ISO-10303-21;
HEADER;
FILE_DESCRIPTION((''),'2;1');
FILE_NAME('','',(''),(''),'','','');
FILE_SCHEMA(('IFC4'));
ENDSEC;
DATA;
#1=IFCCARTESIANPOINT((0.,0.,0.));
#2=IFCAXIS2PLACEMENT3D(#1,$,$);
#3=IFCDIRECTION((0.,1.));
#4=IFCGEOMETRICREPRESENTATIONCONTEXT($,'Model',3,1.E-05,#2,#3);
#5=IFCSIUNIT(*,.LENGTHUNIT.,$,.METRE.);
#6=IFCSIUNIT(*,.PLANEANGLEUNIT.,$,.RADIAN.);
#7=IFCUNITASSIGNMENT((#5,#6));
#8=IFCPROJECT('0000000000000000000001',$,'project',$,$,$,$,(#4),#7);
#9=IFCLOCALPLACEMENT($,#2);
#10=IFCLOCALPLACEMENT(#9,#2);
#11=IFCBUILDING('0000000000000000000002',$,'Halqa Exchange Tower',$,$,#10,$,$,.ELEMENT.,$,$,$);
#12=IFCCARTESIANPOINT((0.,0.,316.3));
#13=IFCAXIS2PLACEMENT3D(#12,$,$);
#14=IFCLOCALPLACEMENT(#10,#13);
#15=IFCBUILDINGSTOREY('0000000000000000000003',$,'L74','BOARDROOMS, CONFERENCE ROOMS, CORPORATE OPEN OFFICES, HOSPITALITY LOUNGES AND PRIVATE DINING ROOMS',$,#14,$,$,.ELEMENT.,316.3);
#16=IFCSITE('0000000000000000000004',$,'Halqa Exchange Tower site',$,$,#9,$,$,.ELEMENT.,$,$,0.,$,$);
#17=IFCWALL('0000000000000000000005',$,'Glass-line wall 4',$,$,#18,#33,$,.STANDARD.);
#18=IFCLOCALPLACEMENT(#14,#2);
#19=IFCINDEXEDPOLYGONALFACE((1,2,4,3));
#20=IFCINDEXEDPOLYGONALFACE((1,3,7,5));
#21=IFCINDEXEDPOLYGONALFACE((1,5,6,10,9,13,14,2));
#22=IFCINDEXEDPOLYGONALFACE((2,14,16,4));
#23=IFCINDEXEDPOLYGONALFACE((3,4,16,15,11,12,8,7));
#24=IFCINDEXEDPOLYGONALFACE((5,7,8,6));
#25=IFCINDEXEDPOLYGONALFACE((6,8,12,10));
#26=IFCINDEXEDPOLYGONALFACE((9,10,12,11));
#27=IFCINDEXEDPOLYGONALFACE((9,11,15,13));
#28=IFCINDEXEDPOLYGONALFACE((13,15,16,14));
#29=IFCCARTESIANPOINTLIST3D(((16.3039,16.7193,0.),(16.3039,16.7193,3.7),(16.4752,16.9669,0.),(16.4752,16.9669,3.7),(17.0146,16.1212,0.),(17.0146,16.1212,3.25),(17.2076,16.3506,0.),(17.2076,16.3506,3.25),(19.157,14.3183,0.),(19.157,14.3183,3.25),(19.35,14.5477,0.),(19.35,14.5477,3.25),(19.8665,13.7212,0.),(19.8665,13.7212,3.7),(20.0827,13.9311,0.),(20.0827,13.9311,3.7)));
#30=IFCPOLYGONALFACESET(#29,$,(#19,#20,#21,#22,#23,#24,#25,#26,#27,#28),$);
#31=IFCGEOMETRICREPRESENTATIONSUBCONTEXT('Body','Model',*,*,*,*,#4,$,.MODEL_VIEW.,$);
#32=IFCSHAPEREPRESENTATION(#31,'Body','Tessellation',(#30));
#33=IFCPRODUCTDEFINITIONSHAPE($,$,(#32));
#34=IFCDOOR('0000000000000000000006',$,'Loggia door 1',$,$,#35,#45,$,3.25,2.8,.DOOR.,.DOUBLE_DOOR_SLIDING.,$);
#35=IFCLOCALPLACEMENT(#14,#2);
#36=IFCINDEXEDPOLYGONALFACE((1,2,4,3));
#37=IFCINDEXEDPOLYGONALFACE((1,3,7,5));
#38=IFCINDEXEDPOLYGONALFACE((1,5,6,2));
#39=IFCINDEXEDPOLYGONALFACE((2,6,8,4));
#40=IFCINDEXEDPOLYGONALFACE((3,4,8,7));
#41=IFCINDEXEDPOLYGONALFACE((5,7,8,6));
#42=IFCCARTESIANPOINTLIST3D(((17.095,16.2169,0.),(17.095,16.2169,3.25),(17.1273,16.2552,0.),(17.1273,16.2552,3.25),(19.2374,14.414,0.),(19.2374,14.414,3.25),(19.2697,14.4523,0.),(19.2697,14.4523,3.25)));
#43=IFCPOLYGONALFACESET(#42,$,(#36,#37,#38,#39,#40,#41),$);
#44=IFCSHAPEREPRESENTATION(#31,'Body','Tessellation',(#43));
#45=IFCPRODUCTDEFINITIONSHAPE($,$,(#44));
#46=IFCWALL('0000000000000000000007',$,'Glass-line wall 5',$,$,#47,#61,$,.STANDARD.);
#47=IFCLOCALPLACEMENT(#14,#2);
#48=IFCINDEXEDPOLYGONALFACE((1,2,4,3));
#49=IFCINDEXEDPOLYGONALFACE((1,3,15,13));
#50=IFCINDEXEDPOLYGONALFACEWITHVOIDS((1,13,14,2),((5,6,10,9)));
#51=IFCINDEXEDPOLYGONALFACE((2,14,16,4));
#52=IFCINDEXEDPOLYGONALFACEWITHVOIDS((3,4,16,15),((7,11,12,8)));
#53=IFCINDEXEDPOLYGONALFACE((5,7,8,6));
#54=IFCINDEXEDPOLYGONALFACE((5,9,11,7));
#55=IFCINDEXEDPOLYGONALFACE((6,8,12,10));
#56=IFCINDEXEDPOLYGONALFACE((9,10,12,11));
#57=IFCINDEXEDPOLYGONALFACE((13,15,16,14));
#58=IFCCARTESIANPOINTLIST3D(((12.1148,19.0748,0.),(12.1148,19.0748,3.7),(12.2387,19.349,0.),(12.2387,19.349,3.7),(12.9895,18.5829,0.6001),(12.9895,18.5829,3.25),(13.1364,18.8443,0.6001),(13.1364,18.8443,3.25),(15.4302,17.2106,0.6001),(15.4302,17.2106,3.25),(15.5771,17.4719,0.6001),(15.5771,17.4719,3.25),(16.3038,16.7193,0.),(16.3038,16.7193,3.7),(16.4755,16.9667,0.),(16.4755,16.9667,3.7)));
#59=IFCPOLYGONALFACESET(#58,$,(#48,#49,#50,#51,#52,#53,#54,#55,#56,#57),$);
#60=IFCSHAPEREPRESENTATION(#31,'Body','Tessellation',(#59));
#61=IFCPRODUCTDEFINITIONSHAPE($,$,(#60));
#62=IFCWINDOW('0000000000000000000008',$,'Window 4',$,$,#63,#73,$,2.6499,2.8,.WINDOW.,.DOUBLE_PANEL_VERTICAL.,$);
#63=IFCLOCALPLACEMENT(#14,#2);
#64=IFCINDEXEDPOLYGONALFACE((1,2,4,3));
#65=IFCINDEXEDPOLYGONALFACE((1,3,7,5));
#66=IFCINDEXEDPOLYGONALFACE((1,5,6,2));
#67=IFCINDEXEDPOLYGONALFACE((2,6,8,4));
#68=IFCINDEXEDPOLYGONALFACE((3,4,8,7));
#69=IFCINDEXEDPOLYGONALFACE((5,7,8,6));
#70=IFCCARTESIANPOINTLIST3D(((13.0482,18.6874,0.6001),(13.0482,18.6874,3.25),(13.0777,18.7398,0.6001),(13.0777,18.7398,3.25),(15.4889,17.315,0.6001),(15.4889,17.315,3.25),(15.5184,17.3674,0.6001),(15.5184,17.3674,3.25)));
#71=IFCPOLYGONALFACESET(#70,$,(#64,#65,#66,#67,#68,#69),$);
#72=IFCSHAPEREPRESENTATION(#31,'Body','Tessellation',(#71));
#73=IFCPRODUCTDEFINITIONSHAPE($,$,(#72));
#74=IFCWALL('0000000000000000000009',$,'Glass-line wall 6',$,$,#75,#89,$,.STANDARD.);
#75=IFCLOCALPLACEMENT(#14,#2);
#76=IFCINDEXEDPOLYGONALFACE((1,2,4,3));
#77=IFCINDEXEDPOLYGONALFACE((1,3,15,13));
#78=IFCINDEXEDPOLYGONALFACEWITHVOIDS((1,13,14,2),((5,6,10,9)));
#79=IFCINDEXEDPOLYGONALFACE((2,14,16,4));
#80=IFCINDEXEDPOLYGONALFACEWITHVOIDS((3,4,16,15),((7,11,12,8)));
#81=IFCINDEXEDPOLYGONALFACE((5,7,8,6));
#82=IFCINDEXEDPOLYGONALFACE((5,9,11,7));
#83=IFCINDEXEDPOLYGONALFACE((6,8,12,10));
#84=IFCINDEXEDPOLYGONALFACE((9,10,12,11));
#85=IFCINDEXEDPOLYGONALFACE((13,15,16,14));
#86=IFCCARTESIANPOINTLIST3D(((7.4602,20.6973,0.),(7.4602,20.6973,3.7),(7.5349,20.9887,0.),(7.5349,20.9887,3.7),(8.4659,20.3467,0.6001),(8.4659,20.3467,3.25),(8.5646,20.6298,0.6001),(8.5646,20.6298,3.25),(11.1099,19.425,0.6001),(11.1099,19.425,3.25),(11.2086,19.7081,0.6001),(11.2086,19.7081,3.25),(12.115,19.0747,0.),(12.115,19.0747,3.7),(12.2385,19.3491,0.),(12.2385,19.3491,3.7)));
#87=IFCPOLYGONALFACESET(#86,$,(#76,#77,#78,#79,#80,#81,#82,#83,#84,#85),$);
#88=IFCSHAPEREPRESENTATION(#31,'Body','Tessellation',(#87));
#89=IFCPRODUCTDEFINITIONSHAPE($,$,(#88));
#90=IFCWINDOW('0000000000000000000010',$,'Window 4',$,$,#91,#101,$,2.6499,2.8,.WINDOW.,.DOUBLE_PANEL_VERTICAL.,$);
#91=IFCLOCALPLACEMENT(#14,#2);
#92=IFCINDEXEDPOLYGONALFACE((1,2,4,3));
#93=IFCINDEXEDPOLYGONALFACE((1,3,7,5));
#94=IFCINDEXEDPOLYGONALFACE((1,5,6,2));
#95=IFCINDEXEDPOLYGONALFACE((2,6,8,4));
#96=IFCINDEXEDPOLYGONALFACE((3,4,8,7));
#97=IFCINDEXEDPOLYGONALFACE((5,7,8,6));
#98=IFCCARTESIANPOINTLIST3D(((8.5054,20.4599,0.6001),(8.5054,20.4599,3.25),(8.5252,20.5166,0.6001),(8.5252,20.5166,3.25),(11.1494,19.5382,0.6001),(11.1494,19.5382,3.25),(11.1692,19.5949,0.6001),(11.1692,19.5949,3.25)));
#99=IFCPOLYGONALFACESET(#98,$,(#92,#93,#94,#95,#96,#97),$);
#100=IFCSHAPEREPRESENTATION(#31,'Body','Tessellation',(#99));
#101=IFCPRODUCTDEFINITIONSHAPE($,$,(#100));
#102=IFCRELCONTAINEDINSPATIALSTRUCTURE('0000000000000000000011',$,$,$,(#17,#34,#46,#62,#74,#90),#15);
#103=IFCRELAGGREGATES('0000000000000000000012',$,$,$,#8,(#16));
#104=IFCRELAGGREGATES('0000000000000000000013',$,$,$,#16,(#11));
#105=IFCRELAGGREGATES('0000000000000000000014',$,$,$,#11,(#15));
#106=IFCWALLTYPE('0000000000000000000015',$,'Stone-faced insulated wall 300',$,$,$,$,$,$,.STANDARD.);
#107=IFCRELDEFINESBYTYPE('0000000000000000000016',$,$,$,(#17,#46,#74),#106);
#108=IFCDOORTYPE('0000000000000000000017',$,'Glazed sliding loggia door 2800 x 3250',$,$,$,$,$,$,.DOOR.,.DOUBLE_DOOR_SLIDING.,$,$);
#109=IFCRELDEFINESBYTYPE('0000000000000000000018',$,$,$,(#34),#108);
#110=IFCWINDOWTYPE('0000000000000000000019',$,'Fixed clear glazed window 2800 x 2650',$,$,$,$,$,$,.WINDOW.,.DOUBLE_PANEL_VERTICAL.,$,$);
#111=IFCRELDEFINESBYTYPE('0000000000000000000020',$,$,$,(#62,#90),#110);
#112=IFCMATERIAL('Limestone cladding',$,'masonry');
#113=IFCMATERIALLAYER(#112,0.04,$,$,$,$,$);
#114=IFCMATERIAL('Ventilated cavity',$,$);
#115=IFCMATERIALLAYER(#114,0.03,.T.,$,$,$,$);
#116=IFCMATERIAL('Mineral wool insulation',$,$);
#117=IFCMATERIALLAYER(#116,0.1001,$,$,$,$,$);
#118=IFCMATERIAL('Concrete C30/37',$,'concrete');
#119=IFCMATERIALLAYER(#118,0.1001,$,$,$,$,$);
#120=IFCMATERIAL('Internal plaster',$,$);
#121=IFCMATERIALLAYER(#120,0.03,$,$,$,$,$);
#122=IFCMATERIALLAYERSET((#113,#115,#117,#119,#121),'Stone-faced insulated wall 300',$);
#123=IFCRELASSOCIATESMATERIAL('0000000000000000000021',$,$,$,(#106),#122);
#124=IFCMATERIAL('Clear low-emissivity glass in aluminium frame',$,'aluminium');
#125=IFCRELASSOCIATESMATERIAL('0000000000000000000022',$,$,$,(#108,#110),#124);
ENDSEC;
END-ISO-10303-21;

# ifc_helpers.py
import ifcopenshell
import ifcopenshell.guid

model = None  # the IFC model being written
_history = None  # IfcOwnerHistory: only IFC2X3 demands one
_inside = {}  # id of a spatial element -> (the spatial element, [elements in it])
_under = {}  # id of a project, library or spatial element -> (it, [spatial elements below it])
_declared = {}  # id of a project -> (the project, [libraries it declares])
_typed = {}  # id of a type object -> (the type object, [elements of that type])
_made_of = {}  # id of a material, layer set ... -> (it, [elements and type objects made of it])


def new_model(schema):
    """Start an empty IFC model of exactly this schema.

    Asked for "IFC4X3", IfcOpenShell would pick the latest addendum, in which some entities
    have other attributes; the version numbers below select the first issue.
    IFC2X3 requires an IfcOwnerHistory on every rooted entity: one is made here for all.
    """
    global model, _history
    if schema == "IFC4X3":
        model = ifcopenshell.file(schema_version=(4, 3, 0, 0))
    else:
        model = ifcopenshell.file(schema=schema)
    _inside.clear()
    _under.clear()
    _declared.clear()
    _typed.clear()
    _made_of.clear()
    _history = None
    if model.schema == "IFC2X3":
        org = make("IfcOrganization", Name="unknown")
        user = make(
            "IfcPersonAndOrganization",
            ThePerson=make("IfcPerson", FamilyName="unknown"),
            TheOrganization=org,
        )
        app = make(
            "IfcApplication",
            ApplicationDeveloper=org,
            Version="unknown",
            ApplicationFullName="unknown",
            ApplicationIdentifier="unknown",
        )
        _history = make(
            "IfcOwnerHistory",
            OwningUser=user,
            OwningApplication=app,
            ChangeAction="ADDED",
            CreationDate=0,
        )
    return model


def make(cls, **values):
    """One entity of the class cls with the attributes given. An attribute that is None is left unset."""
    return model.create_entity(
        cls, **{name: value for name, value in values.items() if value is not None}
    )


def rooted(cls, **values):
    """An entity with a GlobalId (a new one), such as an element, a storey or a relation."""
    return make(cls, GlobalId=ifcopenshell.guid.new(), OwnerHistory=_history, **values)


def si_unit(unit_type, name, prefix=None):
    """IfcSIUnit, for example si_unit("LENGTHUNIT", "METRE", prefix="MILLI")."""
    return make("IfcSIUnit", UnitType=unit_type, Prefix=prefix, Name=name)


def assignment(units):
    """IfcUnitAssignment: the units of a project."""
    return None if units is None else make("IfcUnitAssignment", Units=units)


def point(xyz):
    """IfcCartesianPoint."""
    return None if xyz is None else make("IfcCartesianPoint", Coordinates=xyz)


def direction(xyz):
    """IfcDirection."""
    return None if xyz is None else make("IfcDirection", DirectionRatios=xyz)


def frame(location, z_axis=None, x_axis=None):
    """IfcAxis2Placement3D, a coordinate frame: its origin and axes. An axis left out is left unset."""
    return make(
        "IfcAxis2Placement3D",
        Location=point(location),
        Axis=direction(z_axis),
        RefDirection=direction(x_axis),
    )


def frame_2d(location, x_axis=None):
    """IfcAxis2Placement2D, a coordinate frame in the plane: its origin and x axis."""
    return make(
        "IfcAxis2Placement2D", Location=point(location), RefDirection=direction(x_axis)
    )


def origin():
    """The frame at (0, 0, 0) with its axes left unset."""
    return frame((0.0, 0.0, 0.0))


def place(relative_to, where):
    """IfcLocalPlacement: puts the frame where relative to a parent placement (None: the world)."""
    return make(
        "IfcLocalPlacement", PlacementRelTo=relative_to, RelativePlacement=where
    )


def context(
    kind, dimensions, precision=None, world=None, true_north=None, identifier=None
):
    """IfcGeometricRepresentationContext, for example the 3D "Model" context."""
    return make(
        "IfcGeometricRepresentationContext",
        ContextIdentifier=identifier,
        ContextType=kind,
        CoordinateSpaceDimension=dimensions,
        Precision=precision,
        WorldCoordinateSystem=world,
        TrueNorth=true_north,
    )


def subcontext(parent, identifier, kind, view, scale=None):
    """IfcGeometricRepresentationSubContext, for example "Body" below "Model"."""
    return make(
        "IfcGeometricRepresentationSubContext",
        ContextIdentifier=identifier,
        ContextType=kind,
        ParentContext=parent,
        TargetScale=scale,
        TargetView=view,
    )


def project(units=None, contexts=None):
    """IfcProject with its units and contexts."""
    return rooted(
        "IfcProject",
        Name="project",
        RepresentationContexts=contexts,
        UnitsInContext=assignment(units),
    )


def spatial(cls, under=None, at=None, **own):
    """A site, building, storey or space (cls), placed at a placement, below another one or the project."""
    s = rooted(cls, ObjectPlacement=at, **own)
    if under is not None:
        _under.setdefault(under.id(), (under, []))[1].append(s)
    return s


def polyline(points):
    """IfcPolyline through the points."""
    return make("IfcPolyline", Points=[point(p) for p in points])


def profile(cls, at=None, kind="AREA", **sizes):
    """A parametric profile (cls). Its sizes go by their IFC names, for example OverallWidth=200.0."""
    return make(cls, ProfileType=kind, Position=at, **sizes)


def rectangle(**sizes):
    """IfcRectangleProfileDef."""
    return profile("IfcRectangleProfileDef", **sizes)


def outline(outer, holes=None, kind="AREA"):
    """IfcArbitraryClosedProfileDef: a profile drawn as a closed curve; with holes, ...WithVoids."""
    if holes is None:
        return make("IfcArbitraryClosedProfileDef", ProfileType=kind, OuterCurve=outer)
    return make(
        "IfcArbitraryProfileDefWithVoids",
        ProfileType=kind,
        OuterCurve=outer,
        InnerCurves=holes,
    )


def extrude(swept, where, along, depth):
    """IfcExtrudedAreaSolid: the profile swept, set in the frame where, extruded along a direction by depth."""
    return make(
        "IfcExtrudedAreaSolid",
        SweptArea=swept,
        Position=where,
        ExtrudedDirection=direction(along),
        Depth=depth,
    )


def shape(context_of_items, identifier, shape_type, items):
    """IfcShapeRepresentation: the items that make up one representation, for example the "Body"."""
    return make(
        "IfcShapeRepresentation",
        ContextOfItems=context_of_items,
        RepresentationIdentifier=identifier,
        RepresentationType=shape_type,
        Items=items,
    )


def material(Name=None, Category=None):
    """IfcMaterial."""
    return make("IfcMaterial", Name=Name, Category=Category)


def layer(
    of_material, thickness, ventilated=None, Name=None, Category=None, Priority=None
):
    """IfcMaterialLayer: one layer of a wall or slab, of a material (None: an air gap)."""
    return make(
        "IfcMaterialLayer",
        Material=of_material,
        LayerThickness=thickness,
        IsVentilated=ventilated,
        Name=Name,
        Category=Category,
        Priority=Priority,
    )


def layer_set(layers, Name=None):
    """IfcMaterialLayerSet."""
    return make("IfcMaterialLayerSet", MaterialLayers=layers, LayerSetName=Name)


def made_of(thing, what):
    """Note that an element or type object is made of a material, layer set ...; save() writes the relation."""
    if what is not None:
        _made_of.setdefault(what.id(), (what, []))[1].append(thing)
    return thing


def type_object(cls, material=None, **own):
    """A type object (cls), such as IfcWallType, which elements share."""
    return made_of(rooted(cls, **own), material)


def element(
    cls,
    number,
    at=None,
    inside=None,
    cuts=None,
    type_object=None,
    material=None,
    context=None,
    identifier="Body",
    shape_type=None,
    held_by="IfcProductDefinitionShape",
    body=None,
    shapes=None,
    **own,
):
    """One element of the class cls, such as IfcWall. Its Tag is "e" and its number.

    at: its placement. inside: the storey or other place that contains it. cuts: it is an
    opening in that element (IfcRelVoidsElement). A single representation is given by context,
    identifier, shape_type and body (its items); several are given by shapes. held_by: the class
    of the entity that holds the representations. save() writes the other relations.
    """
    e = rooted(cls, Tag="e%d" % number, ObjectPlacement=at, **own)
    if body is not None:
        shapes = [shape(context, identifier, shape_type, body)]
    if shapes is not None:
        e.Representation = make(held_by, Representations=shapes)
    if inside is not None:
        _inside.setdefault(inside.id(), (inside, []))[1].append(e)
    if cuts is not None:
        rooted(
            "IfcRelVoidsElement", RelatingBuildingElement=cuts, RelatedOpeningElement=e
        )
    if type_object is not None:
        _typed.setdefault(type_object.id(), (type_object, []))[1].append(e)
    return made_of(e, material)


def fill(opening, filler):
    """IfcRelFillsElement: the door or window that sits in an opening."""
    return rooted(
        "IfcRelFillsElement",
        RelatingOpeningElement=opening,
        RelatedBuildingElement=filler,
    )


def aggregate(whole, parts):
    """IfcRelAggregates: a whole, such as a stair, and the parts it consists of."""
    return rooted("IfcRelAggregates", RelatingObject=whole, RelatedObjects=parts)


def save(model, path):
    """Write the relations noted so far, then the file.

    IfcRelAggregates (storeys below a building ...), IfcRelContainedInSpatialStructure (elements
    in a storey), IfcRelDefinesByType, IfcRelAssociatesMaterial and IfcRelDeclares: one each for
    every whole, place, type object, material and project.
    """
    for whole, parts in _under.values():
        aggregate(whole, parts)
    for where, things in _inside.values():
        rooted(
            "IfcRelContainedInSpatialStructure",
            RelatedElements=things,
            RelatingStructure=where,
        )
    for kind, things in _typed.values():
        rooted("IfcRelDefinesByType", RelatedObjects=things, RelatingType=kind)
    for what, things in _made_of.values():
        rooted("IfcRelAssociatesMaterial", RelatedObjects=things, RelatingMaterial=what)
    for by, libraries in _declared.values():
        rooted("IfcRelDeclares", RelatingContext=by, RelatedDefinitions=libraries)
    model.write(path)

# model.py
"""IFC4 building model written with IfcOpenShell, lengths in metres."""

from ifc_helpers import new_model, si_unit, direction, frame, frame_2d, origin, place, context, subcontext, project, spatial, polyline, rectangle, outline, extrude, material, layer, layer_set, type_object, element, fill, save


model = new_model("IFC4")

# Units and contexts
model_context = context("Model", 3, precision=1e-05, world=origin(), true_north=direction((0.0, 1.0)))
body_context = subcontext(model_context, "Body", "Model", "MODEL_VIEW")
ifc_project = project(units=[si_unit("LENGTHUNIT", "METRE"), si_unit("PLANEANGLEUNIT", "RADIAN")], contexts=[model_context])

# Site, building, storey
site_placement = place(None, origin())
site = spatial("IfcSite", under=ifc_project, at=site_placement, Name="Halqa Exchange Tower site", CompositionType="ELEMENT", RefElevation=0.0)
building_placement = place(site_placement, origin())
building = spatial("IfcBuilding", under=site, at=building_placement, Name="Halqa Exchange Tower", CompositionType="ELEMENT")
storey_placement = place(building_placement, frame((0.0, 0.0, 316.3)))
storey = spatial("IfcBuildingStorey", under=building, at=storey_placement, Name="L74", Description="BOARDROOMS, CONFERENCE ROOMS, CORPORATE OPEN OFFICES, HOSPITALITY LOUNGES AND PRIVATE DINING ROOMS", CompositionType="ELEMENT", Elevation=316.3)

# Wall, opening, door
ifc_material_1 = material(Name="Limestone cladding", Category="masonry")
ifc_layer_1 = layer(ifc_material_1, 0.04)
ifc_material_2 = material(Name="Ventilated cavity")
ifc_layer_2 = layer(ifc_material_2, 0.03, ventilated=True)
ifc_material_3 = material(Name="Mineral wool insulation")
ifc_layer_3 = layer(ifc_material_3, 0.1001)
ifc_material_4 = material(Name="Concrete C30/37", Category="concrete")
ifc_layer_4 = layer(ifc_material_4, 0.1001)
ifc_material_5 = material(Name="Internal plaster")
ifc_layer_5 = layer(ifc_material_5, 0.03)
ifc_layer_set_1 = layer_set([ifc_layer_1, ifc_layer_2, ifc_layer_3, ifc_layer_4, ifc_layer_5], Name="Stone-faced insulated wall 300")
wall_type_1 = type_object("IfcWallType", Name="Stone-faced insulated wall 300", PredefinedType="STANDARD", material=ifc_layer_set_1)
wall_1_placement = place(storey_placement, frame((19.9746, 13.8262, 0.0), z_axis=(0.0, 0.0, 1.0), x_axis=(-0.765129, 0.643877, 0.0)))
wall_1 = element("IfcWall", 1, at=wall_1_placement, inside=storey, type_object=wall_type_1, Name="Glass-line wall 4", PredefinedType="STANDARD", context=body_context, shape_type="SweptSolid", body=[
    extrude(outline(polyline([(-0.0151, -0.1499), (4.6997, -0.1499), (4.6714, 0.1499), (0.0151, 0.1499), (-0.0151, -0.1499)])), origin(), (0.0, 0.0, 1.0), 3.7),
])
opening_1_placement = place(wall_1_placement, frame((0.9426, 0.0, 0.0)))
opening_1 = element("IfcOpeningElement", 2, at=opening_1_placement, cuts=wall_1, PredefinedType="OPENING", context=body_context, shape_type="SweptSolid", body=[
    extrude(rectangle(XDim=2.8, YDim=3.25, at=frame_2d((1.3999, 1.625))), frame((0.0, 0.1621, 0.0), z_axis=(0.0, -1.0, 0.0), x_axis=(1.0, 0.0, 0.0)), (0.0, 0.0, 1.0), 0.324),
])
ifc_material_6 = material(Name="Clear low-emissivity glass in aluminium frame", Category="aluminium")
door_type = type_object("IfcDoorType", Name="Glazed sliding loggia door 2800 x 3250", OperationType="DOUBLE_DOOR_SLIDING", PredefinedType="DOOR", material=ifc_material_6)
door_placement = place(opening_1_placement, origin())
door = element("IfcDoor", 3, at=door_placement, inside=storey, type_object=door_type, Name="Loggia door 1", OperationType="DOUBLE_DOOR_SLIDING", OverallHeight=3.25, OverallWidth=2.8, PredefinedType="DOOR", context=body_context, shape_type="SweptSolid", body=[
    extrude(rectangle(XDim=2.8, YDim=3.25, at=frame_2d((1.3999, 1.625))), frame((0.0, 0.0249, 0.0), z_axis=(0.0, -1.0, 0.0), x_axis=(1.0, 0.0, 0.0)), (0.0, 0.0, 1.0), 0.05),
])
fill(opening_1, door)

# Walls, openings, windows
wall_2_placement = place(storey_placement, frame((16.3896, 16.843, 0.0), z_axis=(0.0, 0.0, 1.0), x_axis=(-0.871651, 0.490127, 0.0)))
wall_2 = element("IfcWall", 4, at=wall_2_placement, inside=storey, type_object=wall_type_1, Name="Glass-line wall 5", PredefinedType="STANDARD", context=body_context, shape_type="SweptSolid", body=[
    extrude(outline(polyline([(-0.0142, -0.1499), (4.8464, -0.1499), (4.8201, 0.1499), (0.0142, 0.1499), (-0.0142, -0.1499)])), origin(), (0.0, 0.0, 1.0), 3.7),
])
opening_2_placement = place(wall_2_placement, frame((1.0166, 0.0, 0.6001)))
opening_2 = element("IfcOpeningElement", 5, at=opening_2_placement, cuts=wall_2, PredefinedType="OPENING", context=body_context, shape_type="SweptSolid", body=[
    extrude(rectangle(XDim=2.8, YDim=2.6499, at=frame_2d((1.3999, 1.325))), frame((0.0, 0.1621, 0.0), z_axis=(0.0, -1.0, 0.0), x_axis=(1.0, 0.0, 0.0)), (0.0, 0.0, 1.0), 0.324),
])
window_type = type_object("IfcWindowType", Name="Fixed clear glazed window 2800 x 2650", PartitioningType="DOUBLE_PANEL_VERTICAL", PredefinedType="WINDOW", material=ifc_material_6)
window_1_placement = place(opening_2_placement, origin())
window_1 = element("IfcWindow", 6, at=window_1_placement, inside=storey, type_object=window_type, Name="Window 4", OverallHeight=2.6499, OverallWidth=2.8, PartitioningType="DOUBLE_PANEL_VERTICAL", PredefinedType="WINDOW", context=body_context, shape_type="SweptSolid", body=[
    extrude(rectangle(XDim=2.8, YDim=2.6499, at=frame_2d((1.3999, 1.325))), frame((0.0, 0.03, 0.0), z_axis=(0.0, -1.0, 0.0), x_axis=(1.0, 0.0, 0.0)), (0.0, 0.0, 1.0), 0.0601),
])
fill(opening_2, window_1)
wall_3_placement = place(storey_placement, frame((12.1768, 19.2119, 0.0), z_axis=(0.0, 0.0, 1.0), x_axis=(-0.944274, 0.329161, 0.0)))
wall_3 = element("IfcWall", 7, at=wall_3_placement, inside=storey, type_object=wall_type_1, Name="Glass-line wall 6", PredefinedType="STANDARD", context=body_context, shape_type="SweptSolid", body=[
    extrude(outline(polyline([(-0.0132, -0.1499), (4.968, -0.1499), (4.9426, 0.1499), (0.0132, 0.1499), (-0.0132, -0.1499)])), origin(), (0.0, 0.0, 1.0), 3.7),
])
opening_3_placement = place(wall_3_placement, frame((1.0776, 0.0, 0.6001)))
opening_3 = element("IfcOpeningElement", 8, at=opening_3_placement, cuts=wall_3, PredefinedType="OPENING", context=body_context, shape_type="SweptSolid", body=[
    extrude(rectangle(XDim=2.8, YDim=2.6499, at=frame_2d((1.3999, 1.325))), frame((0.0, 0.1621, 0.0), z_axis=(0.0, -1.0, 0.0), x_axis=(1.0, 0.0, 0.0)), (0.0, 0.0, 1.0), 0.324),
])
window_2_placement = place(opening_3_placement, origin())
window_2 = element("IfcWindow", 9, at=window_2_placement, inside=storey, type_object=window_type, Name="Window 4", OverallHeight=2.6499, OverallWidth=2.8, PartitioningType="DOUBLE_PANEL_VERTICAL", PredefinedType="WINDOW", context=body_context, shape_type="SweptSolid", body=[
    extrude(rectangle(XDim=2.8, YDim=2.6499, at=frame_2d((1.3999, 1.325))), frame((0.0, 0.03, 0.0), z_axis=(0.0, -1.0, 0.0), x_axis=(1.0, 0.0, 0.0)), (0.0, 0.0, 1.0), 0.0601),
])
fill(opening_3, window_2)

save(model, "model.ifc")
